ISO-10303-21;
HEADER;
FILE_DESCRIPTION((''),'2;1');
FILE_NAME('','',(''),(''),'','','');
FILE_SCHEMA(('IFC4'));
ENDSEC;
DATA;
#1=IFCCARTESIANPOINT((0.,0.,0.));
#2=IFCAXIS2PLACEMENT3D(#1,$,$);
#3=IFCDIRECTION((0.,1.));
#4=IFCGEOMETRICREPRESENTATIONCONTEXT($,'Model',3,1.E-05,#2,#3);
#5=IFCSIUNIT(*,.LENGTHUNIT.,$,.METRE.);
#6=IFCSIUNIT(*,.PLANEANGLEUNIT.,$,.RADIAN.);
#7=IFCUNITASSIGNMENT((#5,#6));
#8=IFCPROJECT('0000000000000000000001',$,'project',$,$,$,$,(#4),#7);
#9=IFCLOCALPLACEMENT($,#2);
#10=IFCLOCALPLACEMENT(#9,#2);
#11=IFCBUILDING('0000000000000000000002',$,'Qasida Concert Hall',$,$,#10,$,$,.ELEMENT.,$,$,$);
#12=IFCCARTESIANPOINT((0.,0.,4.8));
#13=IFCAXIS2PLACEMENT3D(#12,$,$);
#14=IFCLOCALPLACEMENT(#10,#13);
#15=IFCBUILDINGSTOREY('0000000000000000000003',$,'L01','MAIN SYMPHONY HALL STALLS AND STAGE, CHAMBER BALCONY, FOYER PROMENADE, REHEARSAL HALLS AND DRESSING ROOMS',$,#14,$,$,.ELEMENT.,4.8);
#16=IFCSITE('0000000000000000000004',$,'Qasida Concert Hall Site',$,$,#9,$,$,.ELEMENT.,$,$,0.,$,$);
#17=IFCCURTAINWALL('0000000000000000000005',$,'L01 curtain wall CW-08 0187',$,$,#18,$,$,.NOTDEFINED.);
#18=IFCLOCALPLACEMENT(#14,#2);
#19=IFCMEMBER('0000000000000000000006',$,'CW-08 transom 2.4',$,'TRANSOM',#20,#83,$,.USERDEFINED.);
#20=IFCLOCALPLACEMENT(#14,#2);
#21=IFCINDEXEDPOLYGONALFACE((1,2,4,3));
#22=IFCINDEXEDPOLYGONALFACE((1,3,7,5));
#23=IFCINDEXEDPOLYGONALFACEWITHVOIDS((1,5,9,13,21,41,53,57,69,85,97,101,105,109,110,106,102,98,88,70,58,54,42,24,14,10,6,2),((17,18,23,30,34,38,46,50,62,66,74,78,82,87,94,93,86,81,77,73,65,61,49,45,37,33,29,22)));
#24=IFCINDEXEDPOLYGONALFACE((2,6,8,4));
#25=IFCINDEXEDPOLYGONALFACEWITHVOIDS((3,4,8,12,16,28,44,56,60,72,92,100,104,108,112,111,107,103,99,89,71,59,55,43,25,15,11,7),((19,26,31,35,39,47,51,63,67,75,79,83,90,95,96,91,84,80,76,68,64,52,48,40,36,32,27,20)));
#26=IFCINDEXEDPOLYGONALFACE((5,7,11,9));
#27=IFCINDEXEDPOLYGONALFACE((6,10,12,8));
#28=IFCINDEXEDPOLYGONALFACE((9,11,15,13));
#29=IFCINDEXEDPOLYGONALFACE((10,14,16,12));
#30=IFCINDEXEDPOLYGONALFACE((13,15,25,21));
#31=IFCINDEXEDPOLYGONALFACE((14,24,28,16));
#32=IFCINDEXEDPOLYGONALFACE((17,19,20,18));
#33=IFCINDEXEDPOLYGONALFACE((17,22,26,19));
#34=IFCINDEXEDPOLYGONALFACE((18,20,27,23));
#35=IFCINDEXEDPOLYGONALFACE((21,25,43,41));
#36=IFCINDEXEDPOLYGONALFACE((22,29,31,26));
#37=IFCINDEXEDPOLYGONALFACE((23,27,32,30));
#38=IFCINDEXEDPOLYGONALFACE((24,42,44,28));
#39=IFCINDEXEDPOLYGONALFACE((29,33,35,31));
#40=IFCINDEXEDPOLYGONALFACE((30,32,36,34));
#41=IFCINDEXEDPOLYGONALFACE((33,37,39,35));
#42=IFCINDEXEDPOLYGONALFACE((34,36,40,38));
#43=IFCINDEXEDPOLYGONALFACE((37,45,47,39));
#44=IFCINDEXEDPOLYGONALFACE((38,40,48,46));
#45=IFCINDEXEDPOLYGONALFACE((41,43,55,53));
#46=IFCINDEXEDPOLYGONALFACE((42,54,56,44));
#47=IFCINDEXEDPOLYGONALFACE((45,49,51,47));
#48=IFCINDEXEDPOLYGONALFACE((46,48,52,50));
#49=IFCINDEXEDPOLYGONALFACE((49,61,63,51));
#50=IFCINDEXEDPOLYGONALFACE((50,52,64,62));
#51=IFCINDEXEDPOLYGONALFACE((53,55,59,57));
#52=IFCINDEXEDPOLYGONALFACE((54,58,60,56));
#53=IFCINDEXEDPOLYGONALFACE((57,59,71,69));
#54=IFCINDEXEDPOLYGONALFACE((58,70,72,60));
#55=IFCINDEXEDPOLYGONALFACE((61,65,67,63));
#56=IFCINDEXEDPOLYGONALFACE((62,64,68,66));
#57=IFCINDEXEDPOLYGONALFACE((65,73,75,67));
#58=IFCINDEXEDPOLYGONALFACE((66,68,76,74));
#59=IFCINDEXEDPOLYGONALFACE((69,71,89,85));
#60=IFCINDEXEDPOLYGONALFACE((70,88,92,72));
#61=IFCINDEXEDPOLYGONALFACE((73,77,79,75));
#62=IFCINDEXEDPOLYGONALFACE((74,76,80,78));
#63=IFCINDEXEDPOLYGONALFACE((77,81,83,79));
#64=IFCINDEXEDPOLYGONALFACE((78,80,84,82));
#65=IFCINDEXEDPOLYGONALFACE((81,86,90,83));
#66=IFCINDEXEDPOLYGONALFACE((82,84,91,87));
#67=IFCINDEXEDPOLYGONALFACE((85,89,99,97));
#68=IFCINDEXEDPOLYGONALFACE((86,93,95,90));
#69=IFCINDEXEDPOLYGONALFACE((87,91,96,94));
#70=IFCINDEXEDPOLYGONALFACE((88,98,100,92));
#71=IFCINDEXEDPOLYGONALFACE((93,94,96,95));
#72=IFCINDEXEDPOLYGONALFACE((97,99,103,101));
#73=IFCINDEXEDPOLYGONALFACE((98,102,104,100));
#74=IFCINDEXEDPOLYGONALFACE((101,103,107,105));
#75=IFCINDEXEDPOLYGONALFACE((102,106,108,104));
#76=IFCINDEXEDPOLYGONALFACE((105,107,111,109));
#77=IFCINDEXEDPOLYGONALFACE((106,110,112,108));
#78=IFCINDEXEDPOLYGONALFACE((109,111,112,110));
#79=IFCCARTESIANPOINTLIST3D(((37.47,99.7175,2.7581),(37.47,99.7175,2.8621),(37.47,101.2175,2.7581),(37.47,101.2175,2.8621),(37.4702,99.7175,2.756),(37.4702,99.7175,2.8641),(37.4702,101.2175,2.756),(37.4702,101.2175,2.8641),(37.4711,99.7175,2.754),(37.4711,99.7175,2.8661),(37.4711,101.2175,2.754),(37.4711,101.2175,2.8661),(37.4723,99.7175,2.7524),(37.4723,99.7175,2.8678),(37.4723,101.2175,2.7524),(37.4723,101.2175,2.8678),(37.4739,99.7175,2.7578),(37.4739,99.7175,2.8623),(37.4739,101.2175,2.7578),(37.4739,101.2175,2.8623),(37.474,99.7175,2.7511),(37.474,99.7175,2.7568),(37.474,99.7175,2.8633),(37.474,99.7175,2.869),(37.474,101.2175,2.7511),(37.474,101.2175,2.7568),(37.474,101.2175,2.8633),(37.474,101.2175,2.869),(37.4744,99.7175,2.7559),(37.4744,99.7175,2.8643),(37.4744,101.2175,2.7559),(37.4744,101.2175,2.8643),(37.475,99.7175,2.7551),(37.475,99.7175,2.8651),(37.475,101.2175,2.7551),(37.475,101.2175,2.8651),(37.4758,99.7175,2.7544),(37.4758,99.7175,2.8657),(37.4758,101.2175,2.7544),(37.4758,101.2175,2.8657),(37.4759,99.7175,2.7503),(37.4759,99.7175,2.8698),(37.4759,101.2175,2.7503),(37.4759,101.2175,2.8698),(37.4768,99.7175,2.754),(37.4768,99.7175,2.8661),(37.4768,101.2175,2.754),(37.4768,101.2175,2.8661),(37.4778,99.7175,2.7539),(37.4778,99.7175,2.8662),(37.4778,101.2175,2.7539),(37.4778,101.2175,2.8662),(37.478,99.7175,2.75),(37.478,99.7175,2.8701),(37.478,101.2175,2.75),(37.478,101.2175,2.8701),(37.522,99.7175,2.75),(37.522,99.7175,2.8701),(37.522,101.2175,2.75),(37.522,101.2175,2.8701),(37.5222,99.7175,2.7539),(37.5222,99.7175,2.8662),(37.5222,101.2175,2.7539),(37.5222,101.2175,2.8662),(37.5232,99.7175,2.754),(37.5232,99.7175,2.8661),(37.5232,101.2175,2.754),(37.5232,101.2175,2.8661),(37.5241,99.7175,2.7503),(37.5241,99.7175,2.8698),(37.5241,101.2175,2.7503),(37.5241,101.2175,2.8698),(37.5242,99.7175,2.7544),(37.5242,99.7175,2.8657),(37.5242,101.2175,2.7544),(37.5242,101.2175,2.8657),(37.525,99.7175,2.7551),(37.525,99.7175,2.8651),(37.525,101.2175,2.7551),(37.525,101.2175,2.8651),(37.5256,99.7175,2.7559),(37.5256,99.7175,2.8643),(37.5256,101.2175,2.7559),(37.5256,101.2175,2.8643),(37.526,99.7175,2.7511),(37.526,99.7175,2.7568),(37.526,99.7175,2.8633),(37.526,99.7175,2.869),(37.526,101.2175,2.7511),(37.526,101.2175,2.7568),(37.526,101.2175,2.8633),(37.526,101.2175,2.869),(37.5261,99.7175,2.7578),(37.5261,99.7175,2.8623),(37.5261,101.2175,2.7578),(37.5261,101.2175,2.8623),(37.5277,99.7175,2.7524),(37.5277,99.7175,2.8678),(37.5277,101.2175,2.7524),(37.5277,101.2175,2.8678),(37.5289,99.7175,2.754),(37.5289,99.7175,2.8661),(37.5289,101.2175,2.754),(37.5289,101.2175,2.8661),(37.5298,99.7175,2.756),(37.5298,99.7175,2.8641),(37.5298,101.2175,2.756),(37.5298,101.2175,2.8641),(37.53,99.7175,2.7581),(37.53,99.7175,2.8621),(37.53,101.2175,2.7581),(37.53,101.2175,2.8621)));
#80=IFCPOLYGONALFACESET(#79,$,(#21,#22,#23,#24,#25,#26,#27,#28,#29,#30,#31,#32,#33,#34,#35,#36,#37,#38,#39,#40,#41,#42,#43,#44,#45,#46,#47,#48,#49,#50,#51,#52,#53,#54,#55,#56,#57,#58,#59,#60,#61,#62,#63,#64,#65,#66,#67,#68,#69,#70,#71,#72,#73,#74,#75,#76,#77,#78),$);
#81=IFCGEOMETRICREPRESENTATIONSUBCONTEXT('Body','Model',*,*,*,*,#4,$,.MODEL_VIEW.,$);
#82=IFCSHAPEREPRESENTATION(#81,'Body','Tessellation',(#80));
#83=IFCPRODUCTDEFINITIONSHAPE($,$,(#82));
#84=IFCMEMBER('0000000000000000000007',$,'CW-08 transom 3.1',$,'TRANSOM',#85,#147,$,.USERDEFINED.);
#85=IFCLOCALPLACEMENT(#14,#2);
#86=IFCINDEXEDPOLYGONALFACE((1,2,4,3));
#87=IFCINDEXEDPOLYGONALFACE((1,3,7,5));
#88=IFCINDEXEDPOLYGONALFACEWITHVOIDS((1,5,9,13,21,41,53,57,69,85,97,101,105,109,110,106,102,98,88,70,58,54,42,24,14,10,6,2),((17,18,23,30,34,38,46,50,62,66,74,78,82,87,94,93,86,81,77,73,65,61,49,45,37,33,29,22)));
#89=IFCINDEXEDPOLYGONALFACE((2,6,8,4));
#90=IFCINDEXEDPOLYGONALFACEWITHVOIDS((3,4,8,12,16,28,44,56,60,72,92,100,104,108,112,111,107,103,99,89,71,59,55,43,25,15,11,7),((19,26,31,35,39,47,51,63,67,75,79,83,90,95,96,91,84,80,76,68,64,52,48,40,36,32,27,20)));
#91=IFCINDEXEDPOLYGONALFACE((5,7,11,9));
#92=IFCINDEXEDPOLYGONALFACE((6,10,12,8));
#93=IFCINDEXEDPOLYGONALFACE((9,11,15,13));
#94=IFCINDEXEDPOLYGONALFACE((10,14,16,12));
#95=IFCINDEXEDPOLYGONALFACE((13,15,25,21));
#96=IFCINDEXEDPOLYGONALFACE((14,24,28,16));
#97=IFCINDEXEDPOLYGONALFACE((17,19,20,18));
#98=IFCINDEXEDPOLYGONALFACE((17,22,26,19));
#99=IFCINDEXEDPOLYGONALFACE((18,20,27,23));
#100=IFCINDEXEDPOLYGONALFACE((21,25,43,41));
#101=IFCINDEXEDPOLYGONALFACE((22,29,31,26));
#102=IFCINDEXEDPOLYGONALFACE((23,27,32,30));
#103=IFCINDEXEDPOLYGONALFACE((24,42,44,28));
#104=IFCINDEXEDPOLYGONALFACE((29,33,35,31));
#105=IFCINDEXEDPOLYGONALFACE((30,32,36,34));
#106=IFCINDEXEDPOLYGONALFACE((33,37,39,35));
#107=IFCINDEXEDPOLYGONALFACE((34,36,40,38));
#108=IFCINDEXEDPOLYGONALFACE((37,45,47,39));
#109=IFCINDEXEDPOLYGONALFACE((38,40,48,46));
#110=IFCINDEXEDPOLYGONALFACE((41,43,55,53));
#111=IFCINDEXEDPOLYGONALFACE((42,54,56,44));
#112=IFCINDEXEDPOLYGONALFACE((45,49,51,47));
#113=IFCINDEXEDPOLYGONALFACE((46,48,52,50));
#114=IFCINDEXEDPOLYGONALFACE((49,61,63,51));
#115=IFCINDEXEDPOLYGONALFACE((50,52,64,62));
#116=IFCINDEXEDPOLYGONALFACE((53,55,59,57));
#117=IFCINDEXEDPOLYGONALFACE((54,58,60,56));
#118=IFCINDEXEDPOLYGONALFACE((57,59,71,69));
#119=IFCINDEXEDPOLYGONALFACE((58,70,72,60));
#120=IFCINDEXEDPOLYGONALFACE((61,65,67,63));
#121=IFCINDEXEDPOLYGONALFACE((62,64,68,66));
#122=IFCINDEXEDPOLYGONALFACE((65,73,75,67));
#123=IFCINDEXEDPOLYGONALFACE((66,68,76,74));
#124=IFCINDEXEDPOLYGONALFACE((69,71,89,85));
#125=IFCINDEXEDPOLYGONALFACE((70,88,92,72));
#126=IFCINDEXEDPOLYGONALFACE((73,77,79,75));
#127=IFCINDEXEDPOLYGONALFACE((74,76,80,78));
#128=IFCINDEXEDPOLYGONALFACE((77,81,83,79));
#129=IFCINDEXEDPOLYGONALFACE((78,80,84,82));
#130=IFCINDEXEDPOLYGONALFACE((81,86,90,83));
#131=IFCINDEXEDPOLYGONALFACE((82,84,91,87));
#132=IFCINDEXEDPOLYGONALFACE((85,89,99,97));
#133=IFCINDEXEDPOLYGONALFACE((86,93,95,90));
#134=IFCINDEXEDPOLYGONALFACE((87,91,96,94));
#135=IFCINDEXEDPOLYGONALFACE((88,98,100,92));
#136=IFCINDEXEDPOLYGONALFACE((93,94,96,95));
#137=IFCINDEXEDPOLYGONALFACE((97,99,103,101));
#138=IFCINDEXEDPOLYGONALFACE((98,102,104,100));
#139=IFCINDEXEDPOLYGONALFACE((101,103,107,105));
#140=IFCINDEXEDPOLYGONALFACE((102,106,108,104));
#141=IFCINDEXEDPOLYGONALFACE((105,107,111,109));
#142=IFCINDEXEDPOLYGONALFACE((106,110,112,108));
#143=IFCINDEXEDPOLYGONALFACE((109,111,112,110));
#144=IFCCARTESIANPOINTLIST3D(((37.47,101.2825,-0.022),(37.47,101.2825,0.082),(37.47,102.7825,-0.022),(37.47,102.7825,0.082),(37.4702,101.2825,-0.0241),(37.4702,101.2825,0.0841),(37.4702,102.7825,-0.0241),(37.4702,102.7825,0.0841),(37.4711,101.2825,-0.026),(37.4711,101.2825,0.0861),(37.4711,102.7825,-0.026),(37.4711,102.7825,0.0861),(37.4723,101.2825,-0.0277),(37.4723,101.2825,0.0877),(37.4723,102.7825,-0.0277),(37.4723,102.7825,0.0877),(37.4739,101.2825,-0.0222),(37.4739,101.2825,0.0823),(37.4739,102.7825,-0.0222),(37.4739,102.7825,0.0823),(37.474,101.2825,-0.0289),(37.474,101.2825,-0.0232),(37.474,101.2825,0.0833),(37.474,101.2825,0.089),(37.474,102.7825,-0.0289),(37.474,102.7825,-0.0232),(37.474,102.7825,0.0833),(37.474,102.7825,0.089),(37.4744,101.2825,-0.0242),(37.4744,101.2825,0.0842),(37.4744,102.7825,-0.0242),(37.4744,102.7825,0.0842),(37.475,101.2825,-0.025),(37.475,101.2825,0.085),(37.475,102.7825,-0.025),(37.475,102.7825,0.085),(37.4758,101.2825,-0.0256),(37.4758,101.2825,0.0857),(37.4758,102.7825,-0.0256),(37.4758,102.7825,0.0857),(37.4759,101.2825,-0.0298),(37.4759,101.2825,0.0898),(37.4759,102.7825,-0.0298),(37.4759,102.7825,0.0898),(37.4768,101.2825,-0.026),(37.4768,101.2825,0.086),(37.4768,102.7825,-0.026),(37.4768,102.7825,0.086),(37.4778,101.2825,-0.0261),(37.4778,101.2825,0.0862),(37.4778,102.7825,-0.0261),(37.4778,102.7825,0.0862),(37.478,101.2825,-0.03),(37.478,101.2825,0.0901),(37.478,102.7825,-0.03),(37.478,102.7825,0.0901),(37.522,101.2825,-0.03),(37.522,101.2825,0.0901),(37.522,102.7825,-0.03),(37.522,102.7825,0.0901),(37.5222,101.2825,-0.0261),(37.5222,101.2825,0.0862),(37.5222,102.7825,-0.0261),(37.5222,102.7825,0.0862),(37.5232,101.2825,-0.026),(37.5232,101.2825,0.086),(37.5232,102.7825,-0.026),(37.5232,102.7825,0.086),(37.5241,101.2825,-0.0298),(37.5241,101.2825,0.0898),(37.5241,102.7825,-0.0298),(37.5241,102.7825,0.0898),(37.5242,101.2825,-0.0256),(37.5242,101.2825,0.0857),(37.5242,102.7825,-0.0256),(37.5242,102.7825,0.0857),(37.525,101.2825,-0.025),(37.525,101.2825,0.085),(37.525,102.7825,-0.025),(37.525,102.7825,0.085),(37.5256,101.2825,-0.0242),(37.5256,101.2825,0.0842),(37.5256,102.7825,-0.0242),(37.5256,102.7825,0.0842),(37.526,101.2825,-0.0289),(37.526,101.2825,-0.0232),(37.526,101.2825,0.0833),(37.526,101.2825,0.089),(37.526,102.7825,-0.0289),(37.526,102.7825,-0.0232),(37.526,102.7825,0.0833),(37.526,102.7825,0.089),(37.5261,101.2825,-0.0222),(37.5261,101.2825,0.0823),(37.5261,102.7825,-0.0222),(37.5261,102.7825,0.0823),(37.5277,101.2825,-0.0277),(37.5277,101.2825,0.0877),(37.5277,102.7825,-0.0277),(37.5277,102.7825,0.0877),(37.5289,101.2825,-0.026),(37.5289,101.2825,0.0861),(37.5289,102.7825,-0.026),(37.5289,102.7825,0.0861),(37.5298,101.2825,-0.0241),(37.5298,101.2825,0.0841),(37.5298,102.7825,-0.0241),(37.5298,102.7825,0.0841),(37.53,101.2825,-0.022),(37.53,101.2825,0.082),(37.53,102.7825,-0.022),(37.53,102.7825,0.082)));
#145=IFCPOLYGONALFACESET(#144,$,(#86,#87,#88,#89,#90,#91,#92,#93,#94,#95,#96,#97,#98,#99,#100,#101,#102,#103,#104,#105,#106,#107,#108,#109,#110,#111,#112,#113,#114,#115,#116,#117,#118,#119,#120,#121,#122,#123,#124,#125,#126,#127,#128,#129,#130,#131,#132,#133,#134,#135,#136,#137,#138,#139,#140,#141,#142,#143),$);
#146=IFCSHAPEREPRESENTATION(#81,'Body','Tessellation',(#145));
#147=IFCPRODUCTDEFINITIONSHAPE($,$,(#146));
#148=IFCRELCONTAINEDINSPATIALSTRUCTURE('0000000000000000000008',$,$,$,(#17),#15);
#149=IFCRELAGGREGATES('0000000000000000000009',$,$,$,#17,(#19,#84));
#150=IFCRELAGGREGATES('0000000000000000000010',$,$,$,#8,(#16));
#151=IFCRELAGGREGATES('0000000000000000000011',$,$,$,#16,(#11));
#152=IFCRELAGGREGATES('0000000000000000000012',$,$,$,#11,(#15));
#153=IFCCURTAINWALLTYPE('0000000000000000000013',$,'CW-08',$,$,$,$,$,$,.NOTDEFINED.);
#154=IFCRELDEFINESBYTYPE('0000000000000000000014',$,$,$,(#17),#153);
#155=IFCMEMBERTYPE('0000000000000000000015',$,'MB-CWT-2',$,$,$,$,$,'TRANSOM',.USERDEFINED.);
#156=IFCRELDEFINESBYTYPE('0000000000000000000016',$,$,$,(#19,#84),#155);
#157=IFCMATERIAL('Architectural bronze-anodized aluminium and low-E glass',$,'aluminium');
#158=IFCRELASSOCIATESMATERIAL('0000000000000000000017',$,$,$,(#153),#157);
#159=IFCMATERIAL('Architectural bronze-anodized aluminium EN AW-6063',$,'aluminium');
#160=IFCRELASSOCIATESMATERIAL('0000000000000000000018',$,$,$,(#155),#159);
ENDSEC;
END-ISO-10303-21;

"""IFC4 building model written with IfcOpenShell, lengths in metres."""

from ifc_helpers import new_model, si_unit, direction, frame, origin, origin_2d, place, context, subcontext, project, spatial, hollow_rectangle, extrude, material, material_profile, profile_set, type_object, element, aggregate, save


model = new_model("IFC4")

# Units and contexts
model_context = context("Model", 3, precision=1e-05, world=origin(), true_north=direction((0.0, 1.0)))
body_context = subcontext(model_context, "Body", "Model", "MODEL_VIEW")
ifc_project = project(units=[si_unit("LENGTHUNIT", "METRE"), si_unit("PLANEANGLEUNIT", "RADIAN")], contexts=[model_context])

# Site, building, storey
site_placement = place(None, origin())
site = spatial("IfcSite", under=ifc_project, at=site_placement, Name="Qasida Concert Hall Site", CompositionType="ELEMENT", RefElevation=0.0)
building_placement = place(site_placement, origin())
building = spatial("IfcBuilding", under=site, at=building_placement, Name="Qasida Concert Hall", CompositionType="ELEMENT")
storey_placement = place(building_placement, frame((0.0, 0.0, 4.8)))
storey = spatial("IfcBuildingStorey", under=building, at=storey_placement, Name="L01", Description="MAIN SYMPHONY HALL STALLS AND STAGE, CHAMBER BALCONY, FOYER PROMENADE, REHEARSAL HALLS AND DRESSING ROOMS", CompositionType="ELEMENT", Elevation=4.8)

# Curtain wall, members
ifc_material_1 = material(Name="Architectural bronze-anodized aluminium and low-E glass", Category="aluminium")
curtain_wall_type = type_object("IfcCurtainWallType", Name="CW-08", PredefinedType="NOTDEFINED", material=ifc_material_1)
curtain_wall_placement = place(storey_placement, origin())
curtain_wall = element("IfcCurtainWall", 1, at=curtain_wall_placement, inside=storey, type_object=curtain_wall_type, Name="L01 curtain wall CW-08 0187", PredefinedType="NOTDEFINED")
ifc_material_2 = material(Name="Architectural bronze-anodized aluminium EN AW-6063", Category="aluminium")
ifc_material_profile_1 = material_profile(ifc_material_2, hollow_rectangle(XDim=0.0601, YDim=0.1201, WallThickness=0.0039, InnerFilletRadius=0.0039, OuterFilletRadius=0.0081, at=origin_2d()), Name="CWT 120x60x4")
ifc_profile_set_1 = profile_set([ifc_material_profile_1], Name="Architectural bronze-anodized aluminium EN AW-6063")
member_type_1 = type_object("IfcMemberType", Name="MB-CWT-2", ElementType="TRANSOM", PredefinedType="USERDEFINED", material=ifc_profile_set_1)
member_1_placement = place(storey_placement, frame((37.5, 99.7175, 2.8101), z_axis=(0.0, 1.0, 0.0), x_axis=(-1.0, 0.0, 0.0)))
member_1 = element("IfcMember", 2, at=member_1_placement, type_object=member_type_1, Name="CW-08 transom 2.4", ObjectType="TRANSOM", PredefinedType="USERDEFINED", context=body_context, shape_type="SweptSolid", body=[
    extrude(hollow_rectangle(XDim=0.0601, YDim=0.1201, WallThickness=0.0039, InnerFilletRadius=0.0039, OuterFilletRadius=0.0081, at=origin_2d()), origin(), (0.0, 0.0, 1.0), 1.5),
])
member_2_placement = place(storey_placement, frame((37.5, 101.2825, 0.03), z_axis=(0.0, 1.0, 0.0), x_axis=(-1.0, 0.0, 0.0)))
member_2 = element("IfcMember", 3, at=member_2_placement, type_object=member_type_1, Name="CW-08 transom 3.1", ObjectType="TRANSOM", PredefinedType="USERDEFINED", context=body_context, shape_type="SweptSolid", body=[
    extrude(hollow_rectangle(XDim=0.0601, YDim=0.1201, WallThickness=0.0039, InnerFilletRadius=0.0039, OuterFilletRadius=0.0081, at=origin_2d()), origin(), (0.0, 0.0, 1.0), 1.5),
])
aggregate(curtain_wall, [member_1, member_2])

save(model, "model.ifc")
